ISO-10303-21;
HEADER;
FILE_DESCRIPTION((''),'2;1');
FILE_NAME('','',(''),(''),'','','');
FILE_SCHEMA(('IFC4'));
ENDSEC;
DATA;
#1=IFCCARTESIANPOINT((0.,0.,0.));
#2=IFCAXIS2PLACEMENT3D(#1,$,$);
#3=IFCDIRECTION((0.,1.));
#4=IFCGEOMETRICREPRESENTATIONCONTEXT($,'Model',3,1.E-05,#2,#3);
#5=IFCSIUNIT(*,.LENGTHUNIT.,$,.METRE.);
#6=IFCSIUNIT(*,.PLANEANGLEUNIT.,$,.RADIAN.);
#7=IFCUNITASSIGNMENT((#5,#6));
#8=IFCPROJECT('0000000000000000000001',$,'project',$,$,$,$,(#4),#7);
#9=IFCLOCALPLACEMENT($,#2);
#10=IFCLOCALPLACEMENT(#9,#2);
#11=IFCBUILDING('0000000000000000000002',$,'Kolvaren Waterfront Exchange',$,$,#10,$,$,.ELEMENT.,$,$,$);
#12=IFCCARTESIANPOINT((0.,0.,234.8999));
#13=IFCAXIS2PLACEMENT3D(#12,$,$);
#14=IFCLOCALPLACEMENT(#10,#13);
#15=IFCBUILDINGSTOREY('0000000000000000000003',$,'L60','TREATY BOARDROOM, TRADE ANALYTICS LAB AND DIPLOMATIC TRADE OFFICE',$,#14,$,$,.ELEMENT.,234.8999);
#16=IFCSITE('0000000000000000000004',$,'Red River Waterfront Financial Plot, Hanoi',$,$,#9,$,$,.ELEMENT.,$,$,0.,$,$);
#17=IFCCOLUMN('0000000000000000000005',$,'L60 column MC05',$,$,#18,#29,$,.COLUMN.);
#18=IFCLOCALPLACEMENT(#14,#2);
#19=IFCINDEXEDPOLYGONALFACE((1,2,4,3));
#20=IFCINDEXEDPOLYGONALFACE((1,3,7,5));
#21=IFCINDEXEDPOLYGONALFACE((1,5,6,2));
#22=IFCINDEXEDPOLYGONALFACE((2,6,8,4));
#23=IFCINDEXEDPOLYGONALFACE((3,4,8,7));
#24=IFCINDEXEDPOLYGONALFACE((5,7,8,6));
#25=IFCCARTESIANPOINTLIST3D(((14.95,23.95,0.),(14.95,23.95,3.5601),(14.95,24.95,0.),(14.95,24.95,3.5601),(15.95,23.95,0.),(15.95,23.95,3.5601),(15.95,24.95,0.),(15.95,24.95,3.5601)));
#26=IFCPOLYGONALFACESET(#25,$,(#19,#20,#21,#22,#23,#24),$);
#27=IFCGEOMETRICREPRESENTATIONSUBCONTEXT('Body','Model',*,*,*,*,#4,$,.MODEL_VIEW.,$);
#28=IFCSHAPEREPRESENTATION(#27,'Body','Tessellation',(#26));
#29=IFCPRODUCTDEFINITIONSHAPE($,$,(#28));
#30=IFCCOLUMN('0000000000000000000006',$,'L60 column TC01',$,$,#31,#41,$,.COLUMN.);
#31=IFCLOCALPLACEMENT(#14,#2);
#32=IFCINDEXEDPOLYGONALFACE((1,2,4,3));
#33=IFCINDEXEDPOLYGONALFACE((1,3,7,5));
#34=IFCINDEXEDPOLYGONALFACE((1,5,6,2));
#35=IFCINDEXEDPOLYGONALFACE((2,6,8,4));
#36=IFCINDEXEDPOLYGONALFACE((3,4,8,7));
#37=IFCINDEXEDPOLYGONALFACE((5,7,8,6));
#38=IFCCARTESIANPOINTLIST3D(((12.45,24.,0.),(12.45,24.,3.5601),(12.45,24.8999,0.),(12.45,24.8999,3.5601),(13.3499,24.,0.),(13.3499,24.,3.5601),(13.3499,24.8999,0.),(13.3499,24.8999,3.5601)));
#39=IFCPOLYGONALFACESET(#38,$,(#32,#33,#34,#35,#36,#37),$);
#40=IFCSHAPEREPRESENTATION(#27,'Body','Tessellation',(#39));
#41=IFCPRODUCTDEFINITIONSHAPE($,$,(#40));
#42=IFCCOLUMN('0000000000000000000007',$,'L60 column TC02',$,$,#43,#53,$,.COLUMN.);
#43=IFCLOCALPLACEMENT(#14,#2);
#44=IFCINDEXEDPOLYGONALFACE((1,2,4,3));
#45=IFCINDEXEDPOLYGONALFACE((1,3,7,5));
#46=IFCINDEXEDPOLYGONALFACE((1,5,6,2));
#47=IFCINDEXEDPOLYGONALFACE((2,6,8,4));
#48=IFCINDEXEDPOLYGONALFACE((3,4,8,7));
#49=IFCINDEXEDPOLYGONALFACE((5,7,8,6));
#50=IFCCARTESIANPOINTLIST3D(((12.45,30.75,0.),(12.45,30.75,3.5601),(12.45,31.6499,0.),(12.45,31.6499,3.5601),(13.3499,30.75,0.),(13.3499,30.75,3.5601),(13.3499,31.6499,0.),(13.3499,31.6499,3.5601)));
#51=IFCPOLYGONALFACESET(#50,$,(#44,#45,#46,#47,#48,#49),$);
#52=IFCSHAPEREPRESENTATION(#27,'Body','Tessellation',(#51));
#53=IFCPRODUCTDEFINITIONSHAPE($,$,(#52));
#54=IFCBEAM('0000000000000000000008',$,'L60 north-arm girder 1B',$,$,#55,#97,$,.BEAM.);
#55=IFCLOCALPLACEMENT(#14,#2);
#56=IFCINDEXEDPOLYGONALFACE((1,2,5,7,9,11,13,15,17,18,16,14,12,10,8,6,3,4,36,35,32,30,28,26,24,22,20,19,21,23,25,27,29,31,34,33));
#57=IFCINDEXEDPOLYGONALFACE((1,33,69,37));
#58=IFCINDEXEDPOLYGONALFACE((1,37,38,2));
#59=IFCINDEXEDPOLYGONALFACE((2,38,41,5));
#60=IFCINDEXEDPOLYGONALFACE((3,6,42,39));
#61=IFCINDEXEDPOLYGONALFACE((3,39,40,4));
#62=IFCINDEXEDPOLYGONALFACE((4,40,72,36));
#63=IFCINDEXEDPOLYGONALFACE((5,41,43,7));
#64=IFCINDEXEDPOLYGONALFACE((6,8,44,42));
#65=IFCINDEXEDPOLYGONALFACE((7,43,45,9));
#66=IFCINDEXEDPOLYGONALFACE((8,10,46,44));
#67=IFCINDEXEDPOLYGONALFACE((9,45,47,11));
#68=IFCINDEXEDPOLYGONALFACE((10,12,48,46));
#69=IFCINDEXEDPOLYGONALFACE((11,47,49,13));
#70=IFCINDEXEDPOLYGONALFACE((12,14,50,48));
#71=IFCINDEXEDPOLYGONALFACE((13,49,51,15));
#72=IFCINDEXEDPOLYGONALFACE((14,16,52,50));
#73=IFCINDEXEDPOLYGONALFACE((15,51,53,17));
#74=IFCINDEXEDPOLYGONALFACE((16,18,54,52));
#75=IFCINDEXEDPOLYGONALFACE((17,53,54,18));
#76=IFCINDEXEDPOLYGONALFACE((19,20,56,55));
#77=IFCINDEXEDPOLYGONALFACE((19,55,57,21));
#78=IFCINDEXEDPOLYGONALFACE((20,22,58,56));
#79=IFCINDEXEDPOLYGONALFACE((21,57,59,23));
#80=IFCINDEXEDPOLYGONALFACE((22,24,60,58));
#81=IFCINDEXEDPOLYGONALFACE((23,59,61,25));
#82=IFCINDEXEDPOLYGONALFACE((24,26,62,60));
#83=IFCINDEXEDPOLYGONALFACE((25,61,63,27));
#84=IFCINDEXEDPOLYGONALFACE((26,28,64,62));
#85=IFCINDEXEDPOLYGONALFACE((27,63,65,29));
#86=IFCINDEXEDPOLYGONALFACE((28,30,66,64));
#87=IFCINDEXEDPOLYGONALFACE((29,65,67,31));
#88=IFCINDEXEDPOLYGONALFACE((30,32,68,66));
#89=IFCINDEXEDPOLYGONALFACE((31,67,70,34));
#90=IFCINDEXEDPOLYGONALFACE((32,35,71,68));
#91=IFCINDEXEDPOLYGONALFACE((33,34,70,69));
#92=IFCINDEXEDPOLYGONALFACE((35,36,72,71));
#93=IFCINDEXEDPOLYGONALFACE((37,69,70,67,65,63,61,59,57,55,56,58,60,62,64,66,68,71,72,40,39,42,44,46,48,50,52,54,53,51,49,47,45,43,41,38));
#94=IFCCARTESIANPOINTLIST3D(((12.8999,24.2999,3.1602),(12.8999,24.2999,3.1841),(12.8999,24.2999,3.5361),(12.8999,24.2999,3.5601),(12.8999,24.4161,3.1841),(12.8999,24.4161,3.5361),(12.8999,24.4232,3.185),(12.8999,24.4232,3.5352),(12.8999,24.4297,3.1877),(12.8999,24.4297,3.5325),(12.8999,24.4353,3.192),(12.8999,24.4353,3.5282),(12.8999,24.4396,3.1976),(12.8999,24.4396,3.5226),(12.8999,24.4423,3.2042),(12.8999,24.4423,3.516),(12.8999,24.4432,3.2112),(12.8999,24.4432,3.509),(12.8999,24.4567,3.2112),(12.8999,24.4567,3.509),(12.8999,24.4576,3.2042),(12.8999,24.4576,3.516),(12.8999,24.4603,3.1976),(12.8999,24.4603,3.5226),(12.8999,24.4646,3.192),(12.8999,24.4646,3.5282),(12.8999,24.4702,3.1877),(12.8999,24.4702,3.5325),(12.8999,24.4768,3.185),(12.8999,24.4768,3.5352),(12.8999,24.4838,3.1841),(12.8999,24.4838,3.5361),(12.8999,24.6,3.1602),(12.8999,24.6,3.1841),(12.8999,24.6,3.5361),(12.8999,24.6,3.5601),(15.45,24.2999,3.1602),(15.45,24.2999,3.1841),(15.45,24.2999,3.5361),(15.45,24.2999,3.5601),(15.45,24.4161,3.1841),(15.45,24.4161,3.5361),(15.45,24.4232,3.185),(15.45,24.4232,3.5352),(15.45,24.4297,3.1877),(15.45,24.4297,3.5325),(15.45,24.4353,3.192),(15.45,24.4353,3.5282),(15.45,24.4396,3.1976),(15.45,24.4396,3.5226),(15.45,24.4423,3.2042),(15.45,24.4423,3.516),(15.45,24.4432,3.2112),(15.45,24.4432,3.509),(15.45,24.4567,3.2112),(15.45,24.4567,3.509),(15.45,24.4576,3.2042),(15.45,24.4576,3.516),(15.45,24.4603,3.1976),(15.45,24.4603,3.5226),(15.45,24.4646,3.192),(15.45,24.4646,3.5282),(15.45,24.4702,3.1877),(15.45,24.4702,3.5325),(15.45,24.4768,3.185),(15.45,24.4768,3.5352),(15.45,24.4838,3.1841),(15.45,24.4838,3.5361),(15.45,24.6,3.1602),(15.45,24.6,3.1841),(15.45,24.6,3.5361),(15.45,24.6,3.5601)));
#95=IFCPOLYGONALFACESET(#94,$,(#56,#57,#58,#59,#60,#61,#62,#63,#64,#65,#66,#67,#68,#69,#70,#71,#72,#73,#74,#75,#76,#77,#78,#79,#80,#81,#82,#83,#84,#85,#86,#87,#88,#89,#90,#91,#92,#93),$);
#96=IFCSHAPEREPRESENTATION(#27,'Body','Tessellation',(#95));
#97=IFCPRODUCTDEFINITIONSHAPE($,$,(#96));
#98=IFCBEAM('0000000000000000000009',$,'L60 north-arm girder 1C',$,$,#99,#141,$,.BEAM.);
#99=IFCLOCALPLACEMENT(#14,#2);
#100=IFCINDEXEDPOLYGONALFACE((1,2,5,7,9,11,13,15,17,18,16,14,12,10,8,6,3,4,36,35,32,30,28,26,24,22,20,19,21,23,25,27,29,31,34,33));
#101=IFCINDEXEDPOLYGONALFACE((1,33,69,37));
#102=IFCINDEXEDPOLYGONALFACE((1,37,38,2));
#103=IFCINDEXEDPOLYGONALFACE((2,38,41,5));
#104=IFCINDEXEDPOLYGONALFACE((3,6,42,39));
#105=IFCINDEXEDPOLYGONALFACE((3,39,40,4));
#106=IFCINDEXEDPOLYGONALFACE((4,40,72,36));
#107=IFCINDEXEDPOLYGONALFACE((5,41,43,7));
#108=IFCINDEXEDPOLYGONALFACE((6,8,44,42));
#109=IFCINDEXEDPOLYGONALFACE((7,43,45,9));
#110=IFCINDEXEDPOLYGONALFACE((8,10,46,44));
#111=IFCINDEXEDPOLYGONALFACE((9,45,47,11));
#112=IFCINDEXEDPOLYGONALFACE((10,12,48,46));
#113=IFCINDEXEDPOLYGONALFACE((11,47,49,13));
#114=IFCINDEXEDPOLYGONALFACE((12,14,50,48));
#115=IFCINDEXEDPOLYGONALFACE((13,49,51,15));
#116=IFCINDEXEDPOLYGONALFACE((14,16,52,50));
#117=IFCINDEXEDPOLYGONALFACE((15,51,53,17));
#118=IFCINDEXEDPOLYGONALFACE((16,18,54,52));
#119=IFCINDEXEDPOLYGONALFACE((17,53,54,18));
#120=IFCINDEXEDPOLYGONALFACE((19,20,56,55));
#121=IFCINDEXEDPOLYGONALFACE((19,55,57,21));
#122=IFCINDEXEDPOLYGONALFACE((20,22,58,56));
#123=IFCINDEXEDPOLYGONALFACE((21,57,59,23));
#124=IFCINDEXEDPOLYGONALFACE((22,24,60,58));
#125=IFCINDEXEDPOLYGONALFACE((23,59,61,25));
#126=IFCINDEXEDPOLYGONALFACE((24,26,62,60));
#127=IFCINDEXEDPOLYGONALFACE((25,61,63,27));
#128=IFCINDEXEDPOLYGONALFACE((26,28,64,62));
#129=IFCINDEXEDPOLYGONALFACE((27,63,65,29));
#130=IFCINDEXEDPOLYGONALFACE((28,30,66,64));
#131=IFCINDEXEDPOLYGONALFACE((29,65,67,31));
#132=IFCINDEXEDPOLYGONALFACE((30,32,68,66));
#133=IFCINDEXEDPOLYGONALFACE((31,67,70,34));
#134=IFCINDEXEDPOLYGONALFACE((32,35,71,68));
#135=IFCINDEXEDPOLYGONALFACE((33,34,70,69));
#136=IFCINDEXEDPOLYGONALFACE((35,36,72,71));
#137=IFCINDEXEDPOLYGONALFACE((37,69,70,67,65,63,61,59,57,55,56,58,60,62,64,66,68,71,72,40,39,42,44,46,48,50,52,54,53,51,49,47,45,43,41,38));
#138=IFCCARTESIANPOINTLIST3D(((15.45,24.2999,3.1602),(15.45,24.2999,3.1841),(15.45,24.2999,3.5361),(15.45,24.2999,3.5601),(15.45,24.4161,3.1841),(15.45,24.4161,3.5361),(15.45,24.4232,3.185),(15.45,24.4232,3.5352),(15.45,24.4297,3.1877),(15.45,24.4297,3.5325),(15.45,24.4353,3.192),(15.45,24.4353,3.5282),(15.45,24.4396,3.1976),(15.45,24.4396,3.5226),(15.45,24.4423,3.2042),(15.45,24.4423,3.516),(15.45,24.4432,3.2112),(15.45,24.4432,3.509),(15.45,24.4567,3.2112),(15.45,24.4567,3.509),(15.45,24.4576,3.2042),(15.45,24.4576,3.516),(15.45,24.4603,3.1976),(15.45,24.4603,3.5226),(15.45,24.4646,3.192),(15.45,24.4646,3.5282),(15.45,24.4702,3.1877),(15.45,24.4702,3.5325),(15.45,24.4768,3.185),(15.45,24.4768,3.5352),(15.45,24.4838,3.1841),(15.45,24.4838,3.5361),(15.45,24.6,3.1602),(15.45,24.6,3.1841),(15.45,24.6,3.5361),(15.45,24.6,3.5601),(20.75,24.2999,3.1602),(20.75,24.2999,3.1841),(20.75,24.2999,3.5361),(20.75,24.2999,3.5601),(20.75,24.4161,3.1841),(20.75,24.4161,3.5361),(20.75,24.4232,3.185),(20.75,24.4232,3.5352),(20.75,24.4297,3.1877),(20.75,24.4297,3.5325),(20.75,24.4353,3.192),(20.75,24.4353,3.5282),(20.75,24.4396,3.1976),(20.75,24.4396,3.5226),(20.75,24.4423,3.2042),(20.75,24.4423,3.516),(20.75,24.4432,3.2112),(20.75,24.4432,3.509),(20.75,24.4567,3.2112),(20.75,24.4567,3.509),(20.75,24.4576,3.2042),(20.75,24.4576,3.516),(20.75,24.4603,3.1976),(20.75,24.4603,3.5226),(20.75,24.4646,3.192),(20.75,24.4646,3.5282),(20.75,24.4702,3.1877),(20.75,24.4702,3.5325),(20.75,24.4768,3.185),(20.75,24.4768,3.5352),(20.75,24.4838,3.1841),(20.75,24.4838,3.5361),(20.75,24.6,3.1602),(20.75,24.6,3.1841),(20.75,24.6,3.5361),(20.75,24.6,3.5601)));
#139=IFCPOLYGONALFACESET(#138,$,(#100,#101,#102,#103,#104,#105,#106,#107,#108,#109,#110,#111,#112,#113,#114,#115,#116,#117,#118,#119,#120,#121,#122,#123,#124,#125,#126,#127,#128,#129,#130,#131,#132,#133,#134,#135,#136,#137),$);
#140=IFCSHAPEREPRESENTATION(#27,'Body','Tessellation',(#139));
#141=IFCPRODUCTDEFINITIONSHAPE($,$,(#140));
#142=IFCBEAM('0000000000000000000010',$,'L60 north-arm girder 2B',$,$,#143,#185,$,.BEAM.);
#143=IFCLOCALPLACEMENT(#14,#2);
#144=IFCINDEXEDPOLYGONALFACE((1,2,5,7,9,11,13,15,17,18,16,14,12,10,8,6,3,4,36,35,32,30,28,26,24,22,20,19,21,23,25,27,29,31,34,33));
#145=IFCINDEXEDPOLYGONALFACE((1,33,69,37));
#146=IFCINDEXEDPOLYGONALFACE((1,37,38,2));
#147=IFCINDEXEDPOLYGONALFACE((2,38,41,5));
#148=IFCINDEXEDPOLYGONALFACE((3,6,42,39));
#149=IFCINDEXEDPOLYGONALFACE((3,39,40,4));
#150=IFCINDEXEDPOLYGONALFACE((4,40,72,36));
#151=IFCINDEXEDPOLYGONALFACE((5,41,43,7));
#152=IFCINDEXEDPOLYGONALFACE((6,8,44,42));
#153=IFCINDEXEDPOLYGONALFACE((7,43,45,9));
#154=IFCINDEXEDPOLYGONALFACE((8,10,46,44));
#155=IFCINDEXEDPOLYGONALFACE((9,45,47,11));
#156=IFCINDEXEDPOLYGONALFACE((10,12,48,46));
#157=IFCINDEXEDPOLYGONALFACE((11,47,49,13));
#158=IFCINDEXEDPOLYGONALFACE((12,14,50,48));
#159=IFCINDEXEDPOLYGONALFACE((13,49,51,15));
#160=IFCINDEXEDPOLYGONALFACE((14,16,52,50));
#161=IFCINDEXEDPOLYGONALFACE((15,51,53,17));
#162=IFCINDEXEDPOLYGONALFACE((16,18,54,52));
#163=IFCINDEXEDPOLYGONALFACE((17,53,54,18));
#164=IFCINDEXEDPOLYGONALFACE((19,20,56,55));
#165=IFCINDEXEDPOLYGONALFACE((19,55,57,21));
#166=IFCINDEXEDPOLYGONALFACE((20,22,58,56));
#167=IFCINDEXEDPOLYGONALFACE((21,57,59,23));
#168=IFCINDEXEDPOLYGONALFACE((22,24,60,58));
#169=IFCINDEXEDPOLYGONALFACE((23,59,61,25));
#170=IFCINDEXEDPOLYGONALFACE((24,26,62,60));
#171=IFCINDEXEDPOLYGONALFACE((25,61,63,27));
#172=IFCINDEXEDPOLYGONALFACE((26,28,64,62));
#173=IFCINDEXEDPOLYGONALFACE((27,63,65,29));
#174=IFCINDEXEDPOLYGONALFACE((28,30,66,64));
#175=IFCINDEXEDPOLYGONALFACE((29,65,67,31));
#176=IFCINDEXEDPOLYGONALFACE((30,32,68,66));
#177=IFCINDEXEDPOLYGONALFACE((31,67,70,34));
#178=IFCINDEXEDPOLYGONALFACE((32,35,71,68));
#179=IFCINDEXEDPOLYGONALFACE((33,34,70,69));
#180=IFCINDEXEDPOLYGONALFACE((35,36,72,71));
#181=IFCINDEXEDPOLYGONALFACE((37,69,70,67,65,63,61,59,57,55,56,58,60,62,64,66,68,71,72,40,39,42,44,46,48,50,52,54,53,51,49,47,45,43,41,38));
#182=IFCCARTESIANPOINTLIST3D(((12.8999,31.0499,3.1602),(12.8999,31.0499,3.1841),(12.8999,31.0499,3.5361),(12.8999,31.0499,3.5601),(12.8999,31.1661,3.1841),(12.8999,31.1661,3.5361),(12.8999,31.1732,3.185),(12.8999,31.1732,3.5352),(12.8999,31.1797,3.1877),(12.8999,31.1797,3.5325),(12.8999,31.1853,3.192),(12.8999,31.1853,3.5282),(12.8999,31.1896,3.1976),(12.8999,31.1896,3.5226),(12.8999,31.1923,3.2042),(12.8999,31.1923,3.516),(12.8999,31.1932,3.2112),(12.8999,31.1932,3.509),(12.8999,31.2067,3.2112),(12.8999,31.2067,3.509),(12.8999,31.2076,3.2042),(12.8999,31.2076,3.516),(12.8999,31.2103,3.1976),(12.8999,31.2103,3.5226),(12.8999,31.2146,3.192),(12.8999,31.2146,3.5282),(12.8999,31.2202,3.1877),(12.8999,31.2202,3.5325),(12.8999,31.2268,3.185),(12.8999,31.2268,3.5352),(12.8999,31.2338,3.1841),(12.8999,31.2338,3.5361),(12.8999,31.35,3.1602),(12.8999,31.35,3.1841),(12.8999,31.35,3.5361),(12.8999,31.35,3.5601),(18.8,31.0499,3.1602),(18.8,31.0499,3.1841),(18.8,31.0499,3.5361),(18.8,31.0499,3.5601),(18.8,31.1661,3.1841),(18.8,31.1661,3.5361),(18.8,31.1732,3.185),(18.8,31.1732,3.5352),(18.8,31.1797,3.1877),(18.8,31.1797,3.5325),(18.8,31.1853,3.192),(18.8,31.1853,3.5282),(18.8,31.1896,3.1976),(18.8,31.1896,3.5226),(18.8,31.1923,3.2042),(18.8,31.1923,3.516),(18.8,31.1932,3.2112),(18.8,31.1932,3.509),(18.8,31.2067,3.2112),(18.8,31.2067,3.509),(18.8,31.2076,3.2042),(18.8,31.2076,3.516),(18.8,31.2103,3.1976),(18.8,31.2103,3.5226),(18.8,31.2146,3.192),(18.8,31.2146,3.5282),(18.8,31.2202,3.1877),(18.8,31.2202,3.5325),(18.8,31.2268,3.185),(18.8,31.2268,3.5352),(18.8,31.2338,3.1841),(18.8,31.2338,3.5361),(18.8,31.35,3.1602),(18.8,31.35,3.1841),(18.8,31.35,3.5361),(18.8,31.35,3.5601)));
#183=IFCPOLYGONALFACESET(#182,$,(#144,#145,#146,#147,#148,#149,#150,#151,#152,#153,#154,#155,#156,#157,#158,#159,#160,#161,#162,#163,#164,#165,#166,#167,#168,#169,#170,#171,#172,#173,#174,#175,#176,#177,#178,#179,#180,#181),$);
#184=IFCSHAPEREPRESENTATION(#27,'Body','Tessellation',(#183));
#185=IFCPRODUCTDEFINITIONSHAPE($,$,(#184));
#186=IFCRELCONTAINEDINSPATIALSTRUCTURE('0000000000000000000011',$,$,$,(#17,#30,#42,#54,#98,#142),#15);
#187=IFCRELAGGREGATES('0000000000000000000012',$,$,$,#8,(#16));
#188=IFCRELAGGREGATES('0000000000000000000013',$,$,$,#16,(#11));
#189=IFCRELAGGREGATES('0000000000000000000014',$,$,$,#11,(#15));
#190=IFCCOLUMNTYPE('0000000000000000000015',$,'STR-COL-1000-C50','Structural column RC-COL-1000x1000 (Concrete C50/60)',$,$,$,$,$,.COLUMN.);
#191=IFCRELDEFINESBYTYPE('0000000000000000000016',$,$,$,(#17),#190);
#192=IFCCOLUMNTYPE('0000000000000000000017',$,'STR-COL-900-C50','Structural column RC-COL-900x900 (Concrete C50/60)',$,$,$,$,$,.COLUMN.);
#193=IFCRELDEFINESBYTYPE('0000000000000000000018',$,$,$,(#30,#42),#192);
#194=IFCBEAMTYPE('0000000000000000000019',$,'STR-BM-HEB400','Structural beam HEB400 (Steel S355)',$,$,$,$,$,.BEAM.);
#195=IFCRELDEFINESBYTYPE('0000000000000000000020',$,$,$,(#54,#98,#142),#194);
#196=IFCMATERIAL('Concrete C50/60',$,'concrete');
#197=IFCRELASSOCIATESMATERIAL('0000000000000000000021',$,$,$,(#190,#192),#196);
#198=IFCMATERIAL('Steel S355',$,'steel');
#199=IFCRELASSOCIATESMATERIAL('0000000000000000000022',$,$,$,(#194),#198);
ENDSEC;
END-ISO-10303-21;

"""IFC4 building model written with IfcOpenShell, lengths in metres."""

from ifc_helpers import new_model, si_unit, direction, frame, origin, origin_2d, place, context, subcontext, project, spatial, rectangle, i_section, extrude, material, material_profile, profile_set, type_object, element, save


model = new_model("IFC4")

# Units and contexts
model_context = context("Model", 3, precision=1e-05, world=origin(), true_north=direction((0.0, 1.0)))
body_context = subcontext(model_context, "Body", "Model", "MODEL_VIEW")
ifc_project = project(units=[si_unit("LENGTHUNIT", "METRE"), si_unit("PLANEANGLEUNIT", "RADIAN")], contexts=[model_context])

# Site, building, storey
site_placement = place(None, origin())
site = spatial("IfcSite", under=ifc_project, at=site_placement, Name="Red River Waterfront Financial Plot, Hanoi", CompositionType="ELEMENT", RefElevation=0.0)
building_placement = place(site_placement, origin())
building = spatial("IfcBuilding", under=site, at=building_placement, Name="Kolvaren Waterfront Exchange", CompositionType="ELEMENT")
storey_placement = place(building_placement, frame((0.0, 0.0, 234.8999)))
storey = spatial("IfcBuildingStorey", under=building, at=storey_placement, Name="L60", Description="TREATY BOARDROOM, TRADE ANALYTICS LAB AND DIPLOMATIC TRADE OFFICE", CompositionType="ELEMENT", Elevation=234.8999)

# Columns
ifc_material_1 = material(Name="Concrete C50/60", Category="concrete")
ifc_material_profile_1 = material_profile(ifc_material_1, rectangle(XDim=1.0, YDim=1.0, at=origin_2d()), Name="RC-COL-1000x1000")
ifc_profile_set_1 = profile_set([ifc_material_profile_1], Name="Concrete C50/60")
column_type_1 = type_object("IfcColumnType", Name="STR-COL-1000-C50", Description="Structural column RC-COL-1000x1000 (Concrete C50/60)", PredefinedType="COLUMN", material=ifc_profile_set_1)
column_placement = place(storey_placement, frame((15.45, 24.45, 0.0), z_axis=(0.0, 0.0, 1.0), x_axis=(1.0, 0.0, 0.0)))
element("IfcColumn", 1, at=column_placement, inside=storey, type_object=column_type_1, Name="L60 column MC05", PredefinedType="COLUMN", context=body_context, shape_type="SweptSolid", body=[
    extrude(rectangle(XDim=1.0, YDim=1.0, at=origin_2d()), origin(), (0.0, 0.0, 1.0), 3.5601),
])
ifc_material_profile_2 = material_profile(ifc_material_1, rectangle(XDim=0.8999, YDim=0.8999, at=origin_2d()), Name="RC-COL-900x900")
ifc_profile_set_2 = profile_set([ifc_material_profile_2], Name="Concrete C50/60")
column_type_2 = type_object("IfcColumnType", Name="STR-COL-900-C50", Description="Structural column RC-COL-900x900 (Concrete C50/60)", PredefinedType="COLUMN", material=ifc_profile_set_2)
for number, where, z_axis, x_axis, name in (
    (2, (12.8999, 24.45, 0.0), (0.0, 0.0, 1.0), (1.0, 0.0, 0.0), "L60 column TC01"),
    (3, (12.8999, 31.2, 0.0), (0.0, 0.0, 1.0), (1.0, 0.0, 0.0), "L60 column TC02"),
):
    element("IfcColumn", number, at=place(storey_placement, frame(where, z_axis=z_axis, x_axis=x_axis)), inside=storey, type_object=column_type_2, Name=name, PredefinedType="COLUMN", context=body_context, shape_type="SweptSolid", body=[
        extrude(rectangle(XDim=0.8999, YDim=0.8999, at=origin_2d()), origin(), (0.0, 0.0, 1.0), 3.5601),
    ])

# Beams
ifc_material_2 = material(Name="Steel S355", Category="steel")
ifc_material_profile_3 = material_profile(ifc_material_2, i_section(OverallWidth=0.3, OverallDepth=0.3999, WebThickness=0.0134, FlangeThickness=0.0239, FilletRadius=0.0271, at=origin_2d()), Name="HEB400")
ifc_profile_set_3 = profile_set([ifc_material_profile_3], Name="Steel S355")
beam_type_1 = type_object("IfcBeamType", Name="STR-BM-HEB400", Description="Structural beam HEB400 (Steel S355)", PredefinedType="BEAM", material=ifc_profile_set_3)
beam_1_placement = place(storey_placement, frame((12.8999, 24.45, 3.3601), z_axis=(1.0, 0.0, 0.0), x_axis=(0.0, 1.0, 0.0)))
element("IfcBeam", 4, at=beam_1_placement, inside=storey, type_object=beam_type_1, Name="L60 north-arm girder 1B", PredefinedType="BEAM", context=body_context, shape_type="SweptSolid", body=[
    extrude(i_section(OverallWidth=0.3, OverallDepth=0.3999, WebThickness=0.0134, FlangeThickness=0.0239, FilletRadius=0.0271, at=origin_2d()), origin(), (0.0, 0.0, 1.0), 2.55),
])
beam_2_placement = place(storey_placement, frame((15.45, 24.45, 3.3601), z_axis=(1.0, 0.0, 0.0), x_axis=(0.0, 1.0, 0.0)))
element("IfcBeam", 5, at=beam_2_placement, inside=storey, type_object=beam_type_1, Name="L60 north-arm girder 1C", PredefinedType="BEAM", context=body_context, shape_type="SweptSolid", body=[
    extrude(i_section(OverallWidth=0.3, OverallDepth=0.3999, WebThickness=0.0134, FlangeThickness=0.0239, FilletRadius=0.0271, at=origin_2d()), origin(), (0.0, 0.0, 1.0), 5.3),
])
beam_3_placement = place(storey_placement, frame((12.8999, 31.2, 3.3601), z_axis=(1.0, 0.0, 0.0), x_axis=(0.0, 1.0, 0.0)))
element("IfcBeam", 6, at=beam_3_placement, inside=storey, type_object=beam_type_1, Name="L60 north-arm girder 2B", PredefinedType="BEAM", context=body_context, shape_type="SweptSolid", body=[
    extrude(i_section(OverallWidth=0.3, OverallDepth=0.3999, WebThickness=0.0134, FlangeThickness=0.0239, FilletRadius=0.0271, at=origin_2d()), origin(), (0.0, 0.0, 1.0), 5.9001),
])

save(model, "model.ifc")
